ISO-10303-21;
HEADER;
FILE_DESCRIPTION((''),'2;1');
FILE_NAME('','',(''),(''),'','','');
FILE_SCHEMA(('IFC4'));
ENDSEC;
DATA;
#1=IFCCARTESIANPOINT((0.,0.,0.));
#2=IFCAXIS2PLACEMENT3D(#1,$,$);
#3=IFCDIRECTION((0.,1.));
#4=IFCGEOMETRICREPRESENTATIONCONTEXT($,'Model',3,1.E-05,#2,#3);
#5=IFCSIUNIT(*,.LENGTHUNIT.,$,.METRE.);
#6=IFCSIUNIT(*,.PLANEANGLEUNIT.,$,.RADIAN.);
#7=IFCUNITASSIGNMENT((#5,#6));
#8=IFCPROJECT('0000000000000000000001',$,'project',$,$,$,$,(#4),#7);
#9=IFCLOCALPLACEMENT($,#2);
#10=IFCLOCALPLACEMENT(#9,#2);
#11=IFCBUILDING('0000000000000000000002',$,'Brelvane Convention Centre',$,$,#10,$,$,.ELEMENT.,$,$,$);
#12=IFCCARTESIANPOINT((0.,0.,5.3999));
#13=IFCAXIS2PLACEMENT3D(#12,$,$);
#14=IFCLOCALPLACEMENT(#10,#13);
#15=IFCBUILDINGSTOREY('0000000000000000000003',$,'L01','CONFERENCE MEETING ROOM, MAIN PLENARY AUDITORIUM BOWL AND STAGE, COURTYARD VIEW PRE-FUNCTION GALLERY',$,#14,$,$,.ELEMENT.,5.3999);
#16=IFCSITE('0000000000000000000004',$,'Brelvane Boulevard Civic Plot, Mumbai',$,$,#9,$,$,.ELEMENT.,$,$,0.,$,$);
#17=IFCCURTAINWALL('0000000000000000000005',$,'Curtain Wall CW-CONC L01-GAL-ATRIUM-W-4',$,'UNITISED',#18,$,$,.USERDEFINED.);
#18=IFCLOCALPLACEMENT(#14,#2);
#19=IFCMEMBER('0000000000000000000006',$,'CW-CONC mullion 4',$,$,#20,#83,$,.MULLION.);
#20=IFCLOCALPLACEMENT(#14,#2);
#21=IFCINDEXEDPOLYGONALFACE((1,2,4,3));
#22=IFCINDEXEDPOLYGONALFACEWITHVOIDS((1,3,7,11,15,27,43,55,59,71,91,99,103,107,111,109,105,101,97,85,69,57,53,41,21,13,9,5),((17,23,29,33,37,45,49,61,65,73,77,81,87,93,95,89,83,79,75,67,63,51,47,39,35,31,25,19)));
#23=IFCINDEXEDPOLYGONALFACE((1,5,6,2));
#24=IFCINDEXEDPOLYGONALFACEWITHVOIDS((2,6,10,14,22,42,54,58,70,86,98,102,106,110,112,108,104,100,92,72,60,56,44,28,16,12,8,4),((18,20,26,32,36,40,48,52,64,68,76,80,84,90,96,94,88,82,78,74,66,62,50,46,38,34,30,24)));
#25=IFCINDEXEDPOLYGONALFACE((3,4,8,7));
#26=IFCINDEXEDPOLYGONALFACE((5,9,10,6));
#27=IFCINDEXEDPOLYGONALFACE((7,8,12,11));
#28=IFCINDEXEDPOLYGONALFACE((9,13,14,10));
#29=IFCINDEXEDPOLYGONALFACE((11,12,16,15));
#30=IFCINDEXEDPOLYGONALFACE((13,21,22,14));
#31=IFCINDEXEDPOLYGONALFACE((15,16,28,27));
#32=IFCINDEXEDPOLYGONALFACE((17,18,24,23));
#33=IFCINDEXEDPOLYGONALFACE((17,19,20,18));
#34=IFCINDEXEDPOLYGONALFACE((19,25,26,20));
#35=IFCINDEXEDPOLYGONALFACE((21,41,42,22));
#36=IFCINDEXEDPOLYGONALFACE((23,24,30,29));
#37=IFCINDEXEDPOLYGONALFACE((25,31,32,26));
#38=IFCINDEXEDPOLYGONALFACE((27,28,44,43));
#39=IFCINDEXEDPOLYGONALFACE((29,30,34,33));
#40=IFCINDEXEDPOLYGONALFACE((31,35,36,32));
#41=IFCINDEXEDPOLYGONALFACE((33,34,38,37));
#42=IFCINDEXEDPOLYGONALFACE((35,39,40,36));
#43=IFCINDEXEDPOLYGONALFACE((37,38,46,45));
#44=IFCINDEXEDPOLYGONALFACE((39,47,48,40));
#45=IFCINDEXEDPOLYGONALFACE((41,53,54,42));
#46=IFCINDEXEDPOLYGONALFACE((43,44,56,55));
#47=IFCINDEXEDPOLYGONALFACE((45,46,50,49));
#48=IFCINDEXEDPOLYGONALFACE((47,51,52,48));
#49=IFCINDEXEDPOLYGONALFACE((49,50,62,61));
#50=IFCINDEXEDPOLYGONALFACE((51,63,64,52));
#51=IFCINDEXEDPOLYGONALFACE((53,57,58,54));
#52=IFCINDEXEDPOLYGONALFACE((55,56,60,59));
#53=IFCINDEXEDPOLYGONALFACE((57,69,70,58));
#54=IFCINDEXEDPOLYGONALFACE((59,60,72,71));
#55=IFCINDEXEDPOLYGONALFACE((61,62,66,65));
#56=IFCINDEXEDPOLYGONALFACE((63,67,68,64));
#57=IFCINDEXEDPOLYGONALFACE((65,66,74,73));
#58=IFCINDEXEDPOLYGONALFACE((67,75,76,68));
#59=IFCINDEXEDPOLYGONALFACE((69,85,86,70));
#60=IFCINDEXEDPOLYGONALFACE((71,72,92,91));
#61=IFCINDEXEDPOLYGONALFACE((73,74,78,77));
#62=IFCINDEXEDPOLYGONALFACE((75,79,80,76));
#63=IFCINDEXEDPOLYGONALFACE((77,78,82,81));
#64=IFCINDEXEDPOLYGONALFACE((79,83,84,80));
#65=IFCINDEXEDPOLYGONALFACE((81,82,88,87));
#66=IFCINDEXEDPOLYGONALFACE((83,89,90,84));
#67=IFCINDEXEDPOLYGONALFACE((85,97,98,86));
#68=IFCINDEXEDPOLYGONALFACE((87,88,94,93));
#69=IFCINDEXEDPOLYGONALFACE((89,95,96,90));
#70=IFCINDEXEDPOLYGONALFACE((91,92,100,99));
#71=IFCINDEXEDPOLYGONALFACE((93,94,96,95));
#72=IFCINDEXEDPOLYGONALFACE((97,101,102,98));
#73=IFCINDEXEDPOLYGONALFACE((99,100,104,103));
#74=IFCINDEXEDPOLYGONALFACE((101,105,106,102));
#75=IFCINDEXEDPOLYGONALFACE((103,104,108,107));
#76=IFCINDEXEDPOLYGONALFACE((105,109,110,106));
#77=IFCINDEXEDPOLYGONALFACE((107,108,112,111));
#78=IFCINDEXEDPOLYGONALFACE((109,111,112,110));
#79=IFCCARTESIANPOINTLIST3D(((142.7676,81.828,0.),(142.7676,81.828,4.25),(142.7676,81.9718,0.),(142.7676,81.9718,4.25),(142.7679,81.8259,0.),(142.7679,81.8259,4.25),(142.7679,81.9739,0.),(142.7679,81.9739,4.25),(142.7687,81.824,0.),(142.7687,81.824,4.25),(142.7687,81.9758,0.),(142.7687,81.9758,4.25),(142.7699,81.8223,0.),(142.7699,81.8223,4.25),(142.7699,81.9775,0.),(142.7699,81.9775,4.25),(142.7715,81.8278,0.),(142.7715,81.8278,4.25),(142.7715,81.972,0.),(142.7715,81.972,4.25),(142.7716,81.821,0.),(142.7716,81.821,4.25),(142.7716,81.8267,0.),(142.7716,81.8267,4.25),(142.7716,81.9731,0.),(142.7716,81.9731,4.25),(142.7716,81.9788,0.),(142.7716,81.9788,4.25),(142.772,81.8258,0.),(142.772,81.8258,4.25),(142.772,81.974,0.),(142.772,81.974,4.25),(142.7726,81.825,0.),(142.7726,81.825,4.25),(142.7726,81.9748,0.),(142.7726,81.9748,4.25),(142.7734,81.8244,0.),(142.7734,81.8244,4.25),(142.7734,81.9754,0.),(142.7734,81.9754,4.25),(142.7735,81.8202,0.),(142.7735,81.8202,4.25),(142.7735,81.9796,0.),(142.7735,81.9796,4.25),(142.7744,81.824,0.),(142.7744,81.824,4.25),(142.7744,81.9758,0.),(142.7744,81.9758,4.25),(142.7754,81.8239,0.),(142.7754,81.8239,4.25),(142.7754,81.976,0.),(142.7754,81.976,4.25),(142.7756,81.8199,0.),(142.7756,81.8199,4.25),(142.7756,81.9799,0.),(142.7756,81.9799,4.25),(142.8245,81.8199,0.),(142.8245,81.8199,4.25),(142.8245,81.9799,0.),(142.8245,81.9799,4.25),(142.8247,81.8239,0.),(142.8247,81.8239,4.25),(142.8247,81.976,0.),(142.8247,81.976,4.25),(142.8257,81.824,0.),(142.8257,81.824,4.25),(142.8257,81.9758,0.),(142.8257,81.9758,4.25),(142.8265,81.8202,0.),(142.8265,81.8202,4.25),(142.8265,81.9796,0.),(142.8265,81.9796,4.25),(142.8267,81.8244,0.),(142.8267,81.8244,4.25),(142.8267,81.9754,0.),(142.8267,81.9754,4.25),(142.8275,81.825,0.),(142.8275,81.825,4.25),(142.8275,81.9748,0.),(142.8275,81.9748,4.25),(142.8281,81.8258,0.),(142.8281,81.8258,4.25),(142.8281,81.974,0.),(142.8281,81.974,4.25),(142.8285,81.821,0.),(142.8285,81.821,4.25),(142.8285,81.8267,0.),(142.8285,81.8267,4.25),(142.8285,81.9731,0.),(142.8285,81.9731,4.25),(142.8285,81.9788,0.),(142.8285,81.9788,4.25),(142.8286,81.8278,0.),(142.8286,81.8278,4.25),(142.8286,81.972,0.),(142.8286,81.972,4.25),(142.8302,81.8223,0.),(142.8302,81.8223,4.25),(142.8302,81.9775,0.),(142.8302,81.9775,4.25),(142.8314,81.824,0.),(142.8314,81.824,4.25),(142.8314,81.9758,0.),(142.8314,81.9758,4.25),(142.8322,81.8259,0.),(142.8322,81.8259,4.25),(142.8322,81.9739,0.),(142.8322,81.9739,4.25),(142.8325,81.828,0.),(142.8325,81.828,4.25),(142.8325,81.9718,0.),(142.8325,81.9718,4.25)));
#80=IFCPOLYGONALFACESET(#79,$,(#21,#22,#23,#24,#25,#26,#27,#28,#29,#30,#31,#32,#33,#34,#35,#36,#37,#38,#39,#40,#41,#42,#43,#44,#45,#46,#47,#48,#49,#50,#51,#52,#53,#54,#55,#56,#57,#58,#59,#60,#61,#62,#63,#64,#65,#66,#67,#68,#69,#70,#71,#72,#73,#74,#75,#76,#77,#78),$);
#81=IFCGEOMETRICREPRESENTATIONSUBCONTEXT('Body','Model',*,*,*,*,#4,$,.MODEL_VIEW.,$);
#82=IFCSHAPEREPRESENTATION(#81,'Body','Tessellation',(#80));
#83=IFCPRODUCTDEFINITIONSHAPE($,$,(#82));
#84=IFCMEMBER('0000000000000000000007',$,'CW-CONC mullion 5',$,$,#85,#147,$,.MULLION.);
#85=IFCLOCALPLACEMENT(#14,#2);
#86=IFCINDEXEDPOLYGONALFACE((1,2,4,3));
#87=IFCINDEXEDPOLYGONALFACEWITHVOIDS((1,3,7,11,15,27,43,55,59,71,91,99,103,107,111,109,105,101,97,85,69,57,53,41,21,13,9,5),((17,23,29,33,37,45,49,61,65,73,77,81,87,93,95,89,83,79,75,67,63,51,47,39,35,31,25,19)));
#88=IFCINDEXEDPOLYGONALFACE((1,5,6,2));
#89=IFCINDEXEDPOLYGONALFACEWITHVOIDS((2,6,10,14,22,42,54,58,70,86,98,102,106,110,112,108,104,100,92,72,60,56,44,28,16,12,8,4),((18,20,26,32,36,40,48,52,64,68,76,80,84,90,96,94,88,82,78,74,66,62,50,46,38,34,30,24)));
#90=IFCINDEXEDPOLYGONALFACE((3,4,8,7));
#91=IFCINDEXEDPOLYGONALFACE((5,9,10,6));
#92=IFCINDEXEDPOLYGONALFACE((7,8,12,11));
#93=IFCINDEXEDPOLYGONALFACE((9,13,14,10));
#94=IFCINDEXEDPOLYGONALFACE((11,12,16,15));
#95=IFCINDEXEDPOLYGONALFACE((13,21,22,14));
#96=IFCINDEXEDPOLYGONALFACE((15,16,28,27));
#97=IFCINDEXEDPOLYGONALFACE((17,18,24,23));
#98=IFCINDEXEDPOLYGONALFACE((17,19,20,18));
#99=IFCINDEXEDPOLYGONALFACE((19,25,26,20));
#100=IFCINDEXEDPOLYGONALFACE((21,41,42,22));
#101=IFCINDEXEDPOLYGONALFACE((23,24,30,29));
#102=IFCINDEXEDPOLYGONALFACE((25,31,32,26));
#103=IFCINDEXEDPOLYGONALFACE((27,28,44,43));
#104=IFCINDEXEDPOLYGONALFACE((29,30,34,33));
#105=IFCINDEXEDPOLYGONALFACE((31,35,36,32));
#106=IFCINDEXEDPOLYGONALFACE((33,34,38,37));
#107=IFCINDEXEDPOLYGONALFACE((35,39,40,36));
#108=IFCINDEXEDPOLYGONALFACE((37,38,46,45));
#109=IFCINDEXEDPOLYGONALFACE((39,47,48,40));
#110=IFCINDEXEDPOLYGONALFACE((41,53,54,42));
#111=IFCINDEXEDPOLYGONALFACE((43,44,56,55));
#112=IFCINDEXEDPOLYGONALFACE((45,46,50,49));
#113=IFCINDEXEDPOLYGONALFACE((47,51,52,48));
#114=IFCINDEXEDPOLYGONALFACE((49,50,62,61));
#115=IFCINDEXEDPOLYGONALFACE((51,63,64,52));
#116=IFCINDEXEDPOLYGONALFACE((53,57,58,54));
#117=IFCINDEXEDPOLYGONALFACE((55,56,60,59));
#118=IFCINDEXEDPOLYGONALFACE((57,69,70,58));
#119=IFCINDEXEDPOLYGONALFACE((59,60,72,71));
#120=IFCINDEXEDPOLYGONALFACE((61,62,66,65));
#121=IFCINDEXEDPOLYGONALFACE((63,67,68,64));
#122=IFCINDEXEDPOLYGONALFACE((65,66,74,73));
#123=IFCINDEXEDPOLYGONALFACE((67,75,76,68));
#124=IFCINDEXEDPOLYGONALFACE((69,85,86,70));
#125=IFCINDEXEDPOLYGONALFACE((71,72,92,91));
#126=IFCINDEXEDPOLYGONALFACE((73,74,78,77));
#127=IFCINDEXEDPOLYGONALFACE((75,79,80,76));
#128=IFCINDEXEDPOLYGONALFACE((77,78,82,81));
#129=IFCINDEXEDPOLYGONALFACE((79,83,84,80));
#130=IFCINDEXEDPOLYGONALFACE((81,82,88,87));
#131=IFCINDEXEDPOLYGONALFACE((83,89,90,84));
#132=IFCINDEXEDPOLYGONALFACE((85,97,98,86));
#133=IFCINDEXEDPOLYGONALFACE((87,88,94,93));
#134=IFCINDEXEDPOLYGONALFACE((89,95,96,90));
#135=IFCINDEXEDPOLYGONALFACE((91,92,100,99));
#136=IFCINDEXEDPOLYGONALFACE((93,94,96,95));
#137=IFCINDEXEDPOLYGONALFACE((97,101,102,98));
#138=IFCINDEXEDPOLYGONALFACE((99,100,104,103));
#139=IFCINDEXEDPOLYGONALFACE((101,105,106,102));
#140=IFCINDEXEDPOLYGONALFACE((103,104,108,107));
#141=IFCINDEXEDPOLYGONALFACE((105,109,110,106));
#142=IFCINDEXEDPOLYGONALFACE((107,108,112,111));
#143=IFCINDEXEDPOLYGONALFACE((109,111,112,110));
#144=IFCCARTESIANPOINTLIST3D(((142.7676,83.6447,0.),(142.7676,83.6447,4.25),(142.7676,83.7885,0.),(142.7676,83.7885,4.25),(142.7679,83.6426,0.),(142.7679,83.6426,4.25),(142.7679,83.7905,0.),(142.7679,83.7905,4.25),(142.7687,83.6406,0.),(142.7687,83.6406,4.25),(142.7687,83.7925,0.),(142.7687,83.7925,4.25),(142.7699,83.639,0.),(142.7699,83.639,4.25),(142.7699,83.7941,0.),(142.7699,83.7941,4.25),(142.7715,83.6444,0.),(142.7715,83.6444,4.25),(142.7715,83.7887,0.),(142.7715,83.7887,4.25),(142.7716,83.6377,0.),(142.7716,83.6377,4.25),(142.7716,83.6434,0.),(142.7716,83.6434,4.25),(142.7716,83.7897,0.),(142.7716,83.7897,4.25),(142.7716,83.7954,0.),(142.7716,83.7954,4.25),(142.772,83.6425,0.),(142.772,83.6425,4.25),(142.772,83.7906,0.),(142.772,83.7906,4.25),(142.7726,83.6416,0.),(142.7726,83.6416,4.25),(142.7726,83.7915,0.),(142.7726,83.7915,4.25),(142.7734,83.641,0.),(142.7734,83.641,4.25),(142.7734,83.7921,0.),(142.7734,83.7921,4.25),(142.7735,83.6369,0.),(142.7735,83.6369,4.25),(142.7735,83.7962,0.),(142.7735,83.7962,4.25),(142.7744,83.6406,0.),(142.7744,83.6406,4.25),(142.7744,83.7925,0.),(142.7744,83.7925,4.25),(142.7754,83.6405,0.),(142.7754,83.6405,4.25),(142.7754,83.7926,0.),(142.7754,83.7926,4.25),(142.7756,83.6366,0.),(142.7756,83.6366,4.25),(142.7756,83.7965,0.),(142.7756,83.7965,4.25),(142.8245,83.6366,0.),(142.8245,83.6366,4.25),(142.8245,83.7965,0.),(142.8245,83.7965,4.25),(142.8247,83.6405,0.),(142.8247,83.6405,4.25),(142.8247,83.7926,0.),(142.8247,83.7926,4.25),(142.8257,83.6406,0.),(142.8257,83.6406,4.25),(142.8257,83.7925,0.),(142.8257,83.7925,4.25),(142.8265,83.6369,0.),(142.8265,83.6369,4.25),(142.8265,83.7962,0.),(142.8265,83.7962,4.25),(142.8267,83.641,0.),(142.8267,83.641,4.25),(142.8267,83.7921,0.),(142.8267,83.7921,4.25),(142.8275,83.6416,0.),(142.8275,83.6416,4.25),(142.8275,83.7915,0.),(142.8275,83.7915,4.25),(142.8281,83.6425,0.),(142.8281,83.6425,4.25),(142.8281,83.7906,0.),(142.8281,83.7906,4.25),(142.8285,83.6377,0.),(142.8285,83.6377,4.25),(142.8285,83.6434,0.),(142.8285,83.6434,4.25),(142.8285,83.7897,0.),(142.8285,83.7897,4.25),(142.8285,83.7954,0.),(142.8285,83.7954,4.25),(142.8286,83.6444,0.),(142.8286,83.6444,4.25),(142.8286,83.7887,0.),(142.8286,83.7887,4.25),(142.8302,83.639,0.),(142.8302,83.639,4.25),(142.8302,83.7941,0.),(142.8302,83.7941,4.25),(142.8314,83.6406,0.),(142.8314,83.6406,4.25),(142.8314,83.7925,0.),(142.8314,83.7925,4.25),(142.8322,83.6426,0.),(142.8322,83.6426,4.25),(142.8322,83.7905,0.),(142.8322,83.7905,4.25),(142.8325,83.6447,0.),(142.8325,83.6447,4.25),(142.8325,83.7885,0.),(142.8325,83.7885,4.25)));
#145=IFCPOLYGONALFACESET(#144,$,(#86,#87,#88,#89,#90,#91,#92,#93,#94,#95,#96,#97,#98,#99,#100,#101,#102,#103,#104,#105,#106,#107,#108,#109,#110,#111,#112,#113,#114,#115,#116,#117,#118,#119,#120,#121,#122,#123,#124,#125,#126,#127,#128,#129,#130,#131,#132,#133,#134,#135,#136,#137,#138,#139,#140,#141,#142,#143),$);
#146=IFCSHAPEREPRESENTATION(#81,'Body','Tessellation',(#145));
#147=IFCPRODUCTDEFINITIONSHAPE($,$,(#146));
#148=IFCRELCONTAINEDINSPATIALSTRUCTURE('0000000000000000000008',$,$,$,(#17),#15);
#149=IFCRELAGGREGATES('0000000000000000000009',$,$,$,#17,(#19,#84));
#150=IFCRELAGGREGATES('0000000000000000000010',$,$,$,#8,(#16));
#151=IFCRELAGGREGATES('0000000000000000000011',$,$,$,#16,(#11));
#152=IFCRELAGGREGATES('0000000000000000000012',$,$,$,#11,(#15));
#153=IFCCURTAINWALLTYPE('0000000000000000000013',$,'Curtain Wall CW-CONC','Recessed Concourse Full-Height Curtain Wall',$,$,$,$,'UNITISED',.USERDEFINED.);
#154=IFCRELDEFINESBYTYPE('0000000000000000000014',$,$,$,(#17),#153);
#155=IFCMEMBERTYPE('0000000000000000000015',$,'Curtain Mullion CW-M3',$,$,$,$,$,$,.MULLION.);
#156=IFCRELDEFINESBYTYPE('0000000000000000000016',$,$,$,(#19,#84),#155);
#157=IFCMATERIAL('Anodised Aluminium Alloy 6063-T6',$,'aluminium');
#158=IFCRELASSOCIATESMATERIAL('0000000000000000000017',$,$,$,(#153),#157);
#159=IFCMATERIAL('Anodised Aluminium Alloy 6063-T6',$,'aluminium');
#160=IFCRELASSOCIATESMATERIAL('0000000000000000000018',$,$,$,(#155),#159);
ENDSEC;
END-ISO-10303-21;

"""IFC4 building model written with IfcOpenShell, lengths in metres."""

from ifc_helpers import new_model, si_unit, direction, frame, origin, origin_2d, place, context, subcontext, project, spatial, hollow_rectangle, extrude, material, material_profile, profile_set, type_object, element, aggregate, save


model = new_model("IFC4")

# Units and contexts
model_context = context("Model", 3, precision=1e-05, world=origin(), true_north=direction((0.0, 1.0)))
body_context = subcontext(model_context, "Body", "Model", "MODEL_VIEW")
ifc_project = project(units=[si_unit("LENGTHUNIT", "METRE"), si_unit("PLANEANGLEUNIT", "RADIAN")], contexts=[model_context])

# Site, building, storey
site_placement = place(None, origin())
site = spatial("IfcSite", under=ifc_project, at=site_placement, Name="Brelvane Boulevard Civic Plot, Mumbai", CompositionType="ELEMENT", RefElevation=0.0)
building_placement = place(site_placement, origin())
building = spatial("IfcBuilding", under=site, at=building_placement, Name="Brelvane Convention Centre", CompositionType="ELEMENT")
storey_placement = place(building_placement, frame((0.0, 0.0, 5.3999)))
storey = spatial("IfcBuildingStorey", under=building, at=storey_placement, Name="L01", Description="CONFERENCE MEETING ROOM, MAIN PLENARY AUDITORIUM BOWL AND STAGE, COURTYARD VIEW PRE-FUNCTION GALLERY", CompositionType="ELEMENT", Elevation=5.3999)

# Curtain wall, members
ifc_material_1 = material(Name="Anodised Aluminium Alloy 6063-T6", Category="aluminium")
curtain_wall_type = type_object("IfcCurtainWallType", Name="Curtain Wall CW-CONC", Description="Recessed Concourse Full-Height Curtain Wall", ElementType="UNITISED", PredefinedType="USERDEFINED", material=ifc_material_1)
curtain_wall_placement = place(storey_placement, origin())
curtain_wall = element("IfcCurtainWall", 1, at=curtain_wall_placement, inside=storey, type_object=curtain_wall_type, Name="Curtain Wall CW-CONC L01-GAL-ATRIUM-W-4", ObjectType="UNITISED", PredefinedType="USERDEFINED")
ifc_material_2 = material(Name="Anodised Aluminium Alloy 6063-T6", Category="aluminium")
ifc_material_profile_1 = material_profile(ifc_material_2, hollow_rectangle(XDim=0.0649, YDim=0.1599, WallThickness=0.0039, InnerFilletRadius=0.0039, OuterFilletRadius=0.0081, at=origin_2d()), Name="ALU-M 160x65x4.0")
ifc_profile_set_1 = profile_set([ifc_material_profile_1], Name="Anodised Aluminium Alloy 6063-T6")
member_type_1 = type_object("IfcMemberType", Name="Curtain Mullion CW-M3", PredefinedType="MULLION", material=ifc_profile_set_1)
member_1_placement = place(storey_placement, frame((142.8, 81.8999, 0.0), z_axis=(0.0, 0.0, 1.0), x_axis=(-1.0, 0.0, 0.0)))
member_1 = element("IfcMember", 2, at=member_1_placement, type_object=member_type_1, Name="CW-CONC mullion 4", PredefinedType="MULLION", context=body_context, shape_type="SweptSolid", body=[
    extrude(hollow_rectangle(XDim=0.0649, YDim=0.1599, WallThickness=0.0039, InnerFilletRadius=0.0039, OuterFilletRadius=0.0081, at=origin_2d()), origin(), (0.0, 0.0, 1.0), 4.25),
])
member_2_placement = place(storey_placement, frame((142.8, 83.7166, 0.0), z_axis=(0.0, 0.0, 1.0), x_axis=(-1.0, 0.0, 0.0)))
member_2 = element("IfcMember", 3, at=member_2_placement, type_object=member_type_1, Name="CW-CONC mullion 5", PredefinedType="MULLION", context=body_context, shape_type="SweptSolid", body=[
    extrude(hollow_rectangle(XDim=0.0649, YDim=0.1599, WallThickness=0.0039, InnerFilletRadius=0.0039, OuterFilletRadius=0.0081, at=origin_2d()), origin(), (0.0, 0.0, 1.0), 4.25),
])
aggregate(curtain_wall, [member_1, member_2])

save(model, "model.ifc")
